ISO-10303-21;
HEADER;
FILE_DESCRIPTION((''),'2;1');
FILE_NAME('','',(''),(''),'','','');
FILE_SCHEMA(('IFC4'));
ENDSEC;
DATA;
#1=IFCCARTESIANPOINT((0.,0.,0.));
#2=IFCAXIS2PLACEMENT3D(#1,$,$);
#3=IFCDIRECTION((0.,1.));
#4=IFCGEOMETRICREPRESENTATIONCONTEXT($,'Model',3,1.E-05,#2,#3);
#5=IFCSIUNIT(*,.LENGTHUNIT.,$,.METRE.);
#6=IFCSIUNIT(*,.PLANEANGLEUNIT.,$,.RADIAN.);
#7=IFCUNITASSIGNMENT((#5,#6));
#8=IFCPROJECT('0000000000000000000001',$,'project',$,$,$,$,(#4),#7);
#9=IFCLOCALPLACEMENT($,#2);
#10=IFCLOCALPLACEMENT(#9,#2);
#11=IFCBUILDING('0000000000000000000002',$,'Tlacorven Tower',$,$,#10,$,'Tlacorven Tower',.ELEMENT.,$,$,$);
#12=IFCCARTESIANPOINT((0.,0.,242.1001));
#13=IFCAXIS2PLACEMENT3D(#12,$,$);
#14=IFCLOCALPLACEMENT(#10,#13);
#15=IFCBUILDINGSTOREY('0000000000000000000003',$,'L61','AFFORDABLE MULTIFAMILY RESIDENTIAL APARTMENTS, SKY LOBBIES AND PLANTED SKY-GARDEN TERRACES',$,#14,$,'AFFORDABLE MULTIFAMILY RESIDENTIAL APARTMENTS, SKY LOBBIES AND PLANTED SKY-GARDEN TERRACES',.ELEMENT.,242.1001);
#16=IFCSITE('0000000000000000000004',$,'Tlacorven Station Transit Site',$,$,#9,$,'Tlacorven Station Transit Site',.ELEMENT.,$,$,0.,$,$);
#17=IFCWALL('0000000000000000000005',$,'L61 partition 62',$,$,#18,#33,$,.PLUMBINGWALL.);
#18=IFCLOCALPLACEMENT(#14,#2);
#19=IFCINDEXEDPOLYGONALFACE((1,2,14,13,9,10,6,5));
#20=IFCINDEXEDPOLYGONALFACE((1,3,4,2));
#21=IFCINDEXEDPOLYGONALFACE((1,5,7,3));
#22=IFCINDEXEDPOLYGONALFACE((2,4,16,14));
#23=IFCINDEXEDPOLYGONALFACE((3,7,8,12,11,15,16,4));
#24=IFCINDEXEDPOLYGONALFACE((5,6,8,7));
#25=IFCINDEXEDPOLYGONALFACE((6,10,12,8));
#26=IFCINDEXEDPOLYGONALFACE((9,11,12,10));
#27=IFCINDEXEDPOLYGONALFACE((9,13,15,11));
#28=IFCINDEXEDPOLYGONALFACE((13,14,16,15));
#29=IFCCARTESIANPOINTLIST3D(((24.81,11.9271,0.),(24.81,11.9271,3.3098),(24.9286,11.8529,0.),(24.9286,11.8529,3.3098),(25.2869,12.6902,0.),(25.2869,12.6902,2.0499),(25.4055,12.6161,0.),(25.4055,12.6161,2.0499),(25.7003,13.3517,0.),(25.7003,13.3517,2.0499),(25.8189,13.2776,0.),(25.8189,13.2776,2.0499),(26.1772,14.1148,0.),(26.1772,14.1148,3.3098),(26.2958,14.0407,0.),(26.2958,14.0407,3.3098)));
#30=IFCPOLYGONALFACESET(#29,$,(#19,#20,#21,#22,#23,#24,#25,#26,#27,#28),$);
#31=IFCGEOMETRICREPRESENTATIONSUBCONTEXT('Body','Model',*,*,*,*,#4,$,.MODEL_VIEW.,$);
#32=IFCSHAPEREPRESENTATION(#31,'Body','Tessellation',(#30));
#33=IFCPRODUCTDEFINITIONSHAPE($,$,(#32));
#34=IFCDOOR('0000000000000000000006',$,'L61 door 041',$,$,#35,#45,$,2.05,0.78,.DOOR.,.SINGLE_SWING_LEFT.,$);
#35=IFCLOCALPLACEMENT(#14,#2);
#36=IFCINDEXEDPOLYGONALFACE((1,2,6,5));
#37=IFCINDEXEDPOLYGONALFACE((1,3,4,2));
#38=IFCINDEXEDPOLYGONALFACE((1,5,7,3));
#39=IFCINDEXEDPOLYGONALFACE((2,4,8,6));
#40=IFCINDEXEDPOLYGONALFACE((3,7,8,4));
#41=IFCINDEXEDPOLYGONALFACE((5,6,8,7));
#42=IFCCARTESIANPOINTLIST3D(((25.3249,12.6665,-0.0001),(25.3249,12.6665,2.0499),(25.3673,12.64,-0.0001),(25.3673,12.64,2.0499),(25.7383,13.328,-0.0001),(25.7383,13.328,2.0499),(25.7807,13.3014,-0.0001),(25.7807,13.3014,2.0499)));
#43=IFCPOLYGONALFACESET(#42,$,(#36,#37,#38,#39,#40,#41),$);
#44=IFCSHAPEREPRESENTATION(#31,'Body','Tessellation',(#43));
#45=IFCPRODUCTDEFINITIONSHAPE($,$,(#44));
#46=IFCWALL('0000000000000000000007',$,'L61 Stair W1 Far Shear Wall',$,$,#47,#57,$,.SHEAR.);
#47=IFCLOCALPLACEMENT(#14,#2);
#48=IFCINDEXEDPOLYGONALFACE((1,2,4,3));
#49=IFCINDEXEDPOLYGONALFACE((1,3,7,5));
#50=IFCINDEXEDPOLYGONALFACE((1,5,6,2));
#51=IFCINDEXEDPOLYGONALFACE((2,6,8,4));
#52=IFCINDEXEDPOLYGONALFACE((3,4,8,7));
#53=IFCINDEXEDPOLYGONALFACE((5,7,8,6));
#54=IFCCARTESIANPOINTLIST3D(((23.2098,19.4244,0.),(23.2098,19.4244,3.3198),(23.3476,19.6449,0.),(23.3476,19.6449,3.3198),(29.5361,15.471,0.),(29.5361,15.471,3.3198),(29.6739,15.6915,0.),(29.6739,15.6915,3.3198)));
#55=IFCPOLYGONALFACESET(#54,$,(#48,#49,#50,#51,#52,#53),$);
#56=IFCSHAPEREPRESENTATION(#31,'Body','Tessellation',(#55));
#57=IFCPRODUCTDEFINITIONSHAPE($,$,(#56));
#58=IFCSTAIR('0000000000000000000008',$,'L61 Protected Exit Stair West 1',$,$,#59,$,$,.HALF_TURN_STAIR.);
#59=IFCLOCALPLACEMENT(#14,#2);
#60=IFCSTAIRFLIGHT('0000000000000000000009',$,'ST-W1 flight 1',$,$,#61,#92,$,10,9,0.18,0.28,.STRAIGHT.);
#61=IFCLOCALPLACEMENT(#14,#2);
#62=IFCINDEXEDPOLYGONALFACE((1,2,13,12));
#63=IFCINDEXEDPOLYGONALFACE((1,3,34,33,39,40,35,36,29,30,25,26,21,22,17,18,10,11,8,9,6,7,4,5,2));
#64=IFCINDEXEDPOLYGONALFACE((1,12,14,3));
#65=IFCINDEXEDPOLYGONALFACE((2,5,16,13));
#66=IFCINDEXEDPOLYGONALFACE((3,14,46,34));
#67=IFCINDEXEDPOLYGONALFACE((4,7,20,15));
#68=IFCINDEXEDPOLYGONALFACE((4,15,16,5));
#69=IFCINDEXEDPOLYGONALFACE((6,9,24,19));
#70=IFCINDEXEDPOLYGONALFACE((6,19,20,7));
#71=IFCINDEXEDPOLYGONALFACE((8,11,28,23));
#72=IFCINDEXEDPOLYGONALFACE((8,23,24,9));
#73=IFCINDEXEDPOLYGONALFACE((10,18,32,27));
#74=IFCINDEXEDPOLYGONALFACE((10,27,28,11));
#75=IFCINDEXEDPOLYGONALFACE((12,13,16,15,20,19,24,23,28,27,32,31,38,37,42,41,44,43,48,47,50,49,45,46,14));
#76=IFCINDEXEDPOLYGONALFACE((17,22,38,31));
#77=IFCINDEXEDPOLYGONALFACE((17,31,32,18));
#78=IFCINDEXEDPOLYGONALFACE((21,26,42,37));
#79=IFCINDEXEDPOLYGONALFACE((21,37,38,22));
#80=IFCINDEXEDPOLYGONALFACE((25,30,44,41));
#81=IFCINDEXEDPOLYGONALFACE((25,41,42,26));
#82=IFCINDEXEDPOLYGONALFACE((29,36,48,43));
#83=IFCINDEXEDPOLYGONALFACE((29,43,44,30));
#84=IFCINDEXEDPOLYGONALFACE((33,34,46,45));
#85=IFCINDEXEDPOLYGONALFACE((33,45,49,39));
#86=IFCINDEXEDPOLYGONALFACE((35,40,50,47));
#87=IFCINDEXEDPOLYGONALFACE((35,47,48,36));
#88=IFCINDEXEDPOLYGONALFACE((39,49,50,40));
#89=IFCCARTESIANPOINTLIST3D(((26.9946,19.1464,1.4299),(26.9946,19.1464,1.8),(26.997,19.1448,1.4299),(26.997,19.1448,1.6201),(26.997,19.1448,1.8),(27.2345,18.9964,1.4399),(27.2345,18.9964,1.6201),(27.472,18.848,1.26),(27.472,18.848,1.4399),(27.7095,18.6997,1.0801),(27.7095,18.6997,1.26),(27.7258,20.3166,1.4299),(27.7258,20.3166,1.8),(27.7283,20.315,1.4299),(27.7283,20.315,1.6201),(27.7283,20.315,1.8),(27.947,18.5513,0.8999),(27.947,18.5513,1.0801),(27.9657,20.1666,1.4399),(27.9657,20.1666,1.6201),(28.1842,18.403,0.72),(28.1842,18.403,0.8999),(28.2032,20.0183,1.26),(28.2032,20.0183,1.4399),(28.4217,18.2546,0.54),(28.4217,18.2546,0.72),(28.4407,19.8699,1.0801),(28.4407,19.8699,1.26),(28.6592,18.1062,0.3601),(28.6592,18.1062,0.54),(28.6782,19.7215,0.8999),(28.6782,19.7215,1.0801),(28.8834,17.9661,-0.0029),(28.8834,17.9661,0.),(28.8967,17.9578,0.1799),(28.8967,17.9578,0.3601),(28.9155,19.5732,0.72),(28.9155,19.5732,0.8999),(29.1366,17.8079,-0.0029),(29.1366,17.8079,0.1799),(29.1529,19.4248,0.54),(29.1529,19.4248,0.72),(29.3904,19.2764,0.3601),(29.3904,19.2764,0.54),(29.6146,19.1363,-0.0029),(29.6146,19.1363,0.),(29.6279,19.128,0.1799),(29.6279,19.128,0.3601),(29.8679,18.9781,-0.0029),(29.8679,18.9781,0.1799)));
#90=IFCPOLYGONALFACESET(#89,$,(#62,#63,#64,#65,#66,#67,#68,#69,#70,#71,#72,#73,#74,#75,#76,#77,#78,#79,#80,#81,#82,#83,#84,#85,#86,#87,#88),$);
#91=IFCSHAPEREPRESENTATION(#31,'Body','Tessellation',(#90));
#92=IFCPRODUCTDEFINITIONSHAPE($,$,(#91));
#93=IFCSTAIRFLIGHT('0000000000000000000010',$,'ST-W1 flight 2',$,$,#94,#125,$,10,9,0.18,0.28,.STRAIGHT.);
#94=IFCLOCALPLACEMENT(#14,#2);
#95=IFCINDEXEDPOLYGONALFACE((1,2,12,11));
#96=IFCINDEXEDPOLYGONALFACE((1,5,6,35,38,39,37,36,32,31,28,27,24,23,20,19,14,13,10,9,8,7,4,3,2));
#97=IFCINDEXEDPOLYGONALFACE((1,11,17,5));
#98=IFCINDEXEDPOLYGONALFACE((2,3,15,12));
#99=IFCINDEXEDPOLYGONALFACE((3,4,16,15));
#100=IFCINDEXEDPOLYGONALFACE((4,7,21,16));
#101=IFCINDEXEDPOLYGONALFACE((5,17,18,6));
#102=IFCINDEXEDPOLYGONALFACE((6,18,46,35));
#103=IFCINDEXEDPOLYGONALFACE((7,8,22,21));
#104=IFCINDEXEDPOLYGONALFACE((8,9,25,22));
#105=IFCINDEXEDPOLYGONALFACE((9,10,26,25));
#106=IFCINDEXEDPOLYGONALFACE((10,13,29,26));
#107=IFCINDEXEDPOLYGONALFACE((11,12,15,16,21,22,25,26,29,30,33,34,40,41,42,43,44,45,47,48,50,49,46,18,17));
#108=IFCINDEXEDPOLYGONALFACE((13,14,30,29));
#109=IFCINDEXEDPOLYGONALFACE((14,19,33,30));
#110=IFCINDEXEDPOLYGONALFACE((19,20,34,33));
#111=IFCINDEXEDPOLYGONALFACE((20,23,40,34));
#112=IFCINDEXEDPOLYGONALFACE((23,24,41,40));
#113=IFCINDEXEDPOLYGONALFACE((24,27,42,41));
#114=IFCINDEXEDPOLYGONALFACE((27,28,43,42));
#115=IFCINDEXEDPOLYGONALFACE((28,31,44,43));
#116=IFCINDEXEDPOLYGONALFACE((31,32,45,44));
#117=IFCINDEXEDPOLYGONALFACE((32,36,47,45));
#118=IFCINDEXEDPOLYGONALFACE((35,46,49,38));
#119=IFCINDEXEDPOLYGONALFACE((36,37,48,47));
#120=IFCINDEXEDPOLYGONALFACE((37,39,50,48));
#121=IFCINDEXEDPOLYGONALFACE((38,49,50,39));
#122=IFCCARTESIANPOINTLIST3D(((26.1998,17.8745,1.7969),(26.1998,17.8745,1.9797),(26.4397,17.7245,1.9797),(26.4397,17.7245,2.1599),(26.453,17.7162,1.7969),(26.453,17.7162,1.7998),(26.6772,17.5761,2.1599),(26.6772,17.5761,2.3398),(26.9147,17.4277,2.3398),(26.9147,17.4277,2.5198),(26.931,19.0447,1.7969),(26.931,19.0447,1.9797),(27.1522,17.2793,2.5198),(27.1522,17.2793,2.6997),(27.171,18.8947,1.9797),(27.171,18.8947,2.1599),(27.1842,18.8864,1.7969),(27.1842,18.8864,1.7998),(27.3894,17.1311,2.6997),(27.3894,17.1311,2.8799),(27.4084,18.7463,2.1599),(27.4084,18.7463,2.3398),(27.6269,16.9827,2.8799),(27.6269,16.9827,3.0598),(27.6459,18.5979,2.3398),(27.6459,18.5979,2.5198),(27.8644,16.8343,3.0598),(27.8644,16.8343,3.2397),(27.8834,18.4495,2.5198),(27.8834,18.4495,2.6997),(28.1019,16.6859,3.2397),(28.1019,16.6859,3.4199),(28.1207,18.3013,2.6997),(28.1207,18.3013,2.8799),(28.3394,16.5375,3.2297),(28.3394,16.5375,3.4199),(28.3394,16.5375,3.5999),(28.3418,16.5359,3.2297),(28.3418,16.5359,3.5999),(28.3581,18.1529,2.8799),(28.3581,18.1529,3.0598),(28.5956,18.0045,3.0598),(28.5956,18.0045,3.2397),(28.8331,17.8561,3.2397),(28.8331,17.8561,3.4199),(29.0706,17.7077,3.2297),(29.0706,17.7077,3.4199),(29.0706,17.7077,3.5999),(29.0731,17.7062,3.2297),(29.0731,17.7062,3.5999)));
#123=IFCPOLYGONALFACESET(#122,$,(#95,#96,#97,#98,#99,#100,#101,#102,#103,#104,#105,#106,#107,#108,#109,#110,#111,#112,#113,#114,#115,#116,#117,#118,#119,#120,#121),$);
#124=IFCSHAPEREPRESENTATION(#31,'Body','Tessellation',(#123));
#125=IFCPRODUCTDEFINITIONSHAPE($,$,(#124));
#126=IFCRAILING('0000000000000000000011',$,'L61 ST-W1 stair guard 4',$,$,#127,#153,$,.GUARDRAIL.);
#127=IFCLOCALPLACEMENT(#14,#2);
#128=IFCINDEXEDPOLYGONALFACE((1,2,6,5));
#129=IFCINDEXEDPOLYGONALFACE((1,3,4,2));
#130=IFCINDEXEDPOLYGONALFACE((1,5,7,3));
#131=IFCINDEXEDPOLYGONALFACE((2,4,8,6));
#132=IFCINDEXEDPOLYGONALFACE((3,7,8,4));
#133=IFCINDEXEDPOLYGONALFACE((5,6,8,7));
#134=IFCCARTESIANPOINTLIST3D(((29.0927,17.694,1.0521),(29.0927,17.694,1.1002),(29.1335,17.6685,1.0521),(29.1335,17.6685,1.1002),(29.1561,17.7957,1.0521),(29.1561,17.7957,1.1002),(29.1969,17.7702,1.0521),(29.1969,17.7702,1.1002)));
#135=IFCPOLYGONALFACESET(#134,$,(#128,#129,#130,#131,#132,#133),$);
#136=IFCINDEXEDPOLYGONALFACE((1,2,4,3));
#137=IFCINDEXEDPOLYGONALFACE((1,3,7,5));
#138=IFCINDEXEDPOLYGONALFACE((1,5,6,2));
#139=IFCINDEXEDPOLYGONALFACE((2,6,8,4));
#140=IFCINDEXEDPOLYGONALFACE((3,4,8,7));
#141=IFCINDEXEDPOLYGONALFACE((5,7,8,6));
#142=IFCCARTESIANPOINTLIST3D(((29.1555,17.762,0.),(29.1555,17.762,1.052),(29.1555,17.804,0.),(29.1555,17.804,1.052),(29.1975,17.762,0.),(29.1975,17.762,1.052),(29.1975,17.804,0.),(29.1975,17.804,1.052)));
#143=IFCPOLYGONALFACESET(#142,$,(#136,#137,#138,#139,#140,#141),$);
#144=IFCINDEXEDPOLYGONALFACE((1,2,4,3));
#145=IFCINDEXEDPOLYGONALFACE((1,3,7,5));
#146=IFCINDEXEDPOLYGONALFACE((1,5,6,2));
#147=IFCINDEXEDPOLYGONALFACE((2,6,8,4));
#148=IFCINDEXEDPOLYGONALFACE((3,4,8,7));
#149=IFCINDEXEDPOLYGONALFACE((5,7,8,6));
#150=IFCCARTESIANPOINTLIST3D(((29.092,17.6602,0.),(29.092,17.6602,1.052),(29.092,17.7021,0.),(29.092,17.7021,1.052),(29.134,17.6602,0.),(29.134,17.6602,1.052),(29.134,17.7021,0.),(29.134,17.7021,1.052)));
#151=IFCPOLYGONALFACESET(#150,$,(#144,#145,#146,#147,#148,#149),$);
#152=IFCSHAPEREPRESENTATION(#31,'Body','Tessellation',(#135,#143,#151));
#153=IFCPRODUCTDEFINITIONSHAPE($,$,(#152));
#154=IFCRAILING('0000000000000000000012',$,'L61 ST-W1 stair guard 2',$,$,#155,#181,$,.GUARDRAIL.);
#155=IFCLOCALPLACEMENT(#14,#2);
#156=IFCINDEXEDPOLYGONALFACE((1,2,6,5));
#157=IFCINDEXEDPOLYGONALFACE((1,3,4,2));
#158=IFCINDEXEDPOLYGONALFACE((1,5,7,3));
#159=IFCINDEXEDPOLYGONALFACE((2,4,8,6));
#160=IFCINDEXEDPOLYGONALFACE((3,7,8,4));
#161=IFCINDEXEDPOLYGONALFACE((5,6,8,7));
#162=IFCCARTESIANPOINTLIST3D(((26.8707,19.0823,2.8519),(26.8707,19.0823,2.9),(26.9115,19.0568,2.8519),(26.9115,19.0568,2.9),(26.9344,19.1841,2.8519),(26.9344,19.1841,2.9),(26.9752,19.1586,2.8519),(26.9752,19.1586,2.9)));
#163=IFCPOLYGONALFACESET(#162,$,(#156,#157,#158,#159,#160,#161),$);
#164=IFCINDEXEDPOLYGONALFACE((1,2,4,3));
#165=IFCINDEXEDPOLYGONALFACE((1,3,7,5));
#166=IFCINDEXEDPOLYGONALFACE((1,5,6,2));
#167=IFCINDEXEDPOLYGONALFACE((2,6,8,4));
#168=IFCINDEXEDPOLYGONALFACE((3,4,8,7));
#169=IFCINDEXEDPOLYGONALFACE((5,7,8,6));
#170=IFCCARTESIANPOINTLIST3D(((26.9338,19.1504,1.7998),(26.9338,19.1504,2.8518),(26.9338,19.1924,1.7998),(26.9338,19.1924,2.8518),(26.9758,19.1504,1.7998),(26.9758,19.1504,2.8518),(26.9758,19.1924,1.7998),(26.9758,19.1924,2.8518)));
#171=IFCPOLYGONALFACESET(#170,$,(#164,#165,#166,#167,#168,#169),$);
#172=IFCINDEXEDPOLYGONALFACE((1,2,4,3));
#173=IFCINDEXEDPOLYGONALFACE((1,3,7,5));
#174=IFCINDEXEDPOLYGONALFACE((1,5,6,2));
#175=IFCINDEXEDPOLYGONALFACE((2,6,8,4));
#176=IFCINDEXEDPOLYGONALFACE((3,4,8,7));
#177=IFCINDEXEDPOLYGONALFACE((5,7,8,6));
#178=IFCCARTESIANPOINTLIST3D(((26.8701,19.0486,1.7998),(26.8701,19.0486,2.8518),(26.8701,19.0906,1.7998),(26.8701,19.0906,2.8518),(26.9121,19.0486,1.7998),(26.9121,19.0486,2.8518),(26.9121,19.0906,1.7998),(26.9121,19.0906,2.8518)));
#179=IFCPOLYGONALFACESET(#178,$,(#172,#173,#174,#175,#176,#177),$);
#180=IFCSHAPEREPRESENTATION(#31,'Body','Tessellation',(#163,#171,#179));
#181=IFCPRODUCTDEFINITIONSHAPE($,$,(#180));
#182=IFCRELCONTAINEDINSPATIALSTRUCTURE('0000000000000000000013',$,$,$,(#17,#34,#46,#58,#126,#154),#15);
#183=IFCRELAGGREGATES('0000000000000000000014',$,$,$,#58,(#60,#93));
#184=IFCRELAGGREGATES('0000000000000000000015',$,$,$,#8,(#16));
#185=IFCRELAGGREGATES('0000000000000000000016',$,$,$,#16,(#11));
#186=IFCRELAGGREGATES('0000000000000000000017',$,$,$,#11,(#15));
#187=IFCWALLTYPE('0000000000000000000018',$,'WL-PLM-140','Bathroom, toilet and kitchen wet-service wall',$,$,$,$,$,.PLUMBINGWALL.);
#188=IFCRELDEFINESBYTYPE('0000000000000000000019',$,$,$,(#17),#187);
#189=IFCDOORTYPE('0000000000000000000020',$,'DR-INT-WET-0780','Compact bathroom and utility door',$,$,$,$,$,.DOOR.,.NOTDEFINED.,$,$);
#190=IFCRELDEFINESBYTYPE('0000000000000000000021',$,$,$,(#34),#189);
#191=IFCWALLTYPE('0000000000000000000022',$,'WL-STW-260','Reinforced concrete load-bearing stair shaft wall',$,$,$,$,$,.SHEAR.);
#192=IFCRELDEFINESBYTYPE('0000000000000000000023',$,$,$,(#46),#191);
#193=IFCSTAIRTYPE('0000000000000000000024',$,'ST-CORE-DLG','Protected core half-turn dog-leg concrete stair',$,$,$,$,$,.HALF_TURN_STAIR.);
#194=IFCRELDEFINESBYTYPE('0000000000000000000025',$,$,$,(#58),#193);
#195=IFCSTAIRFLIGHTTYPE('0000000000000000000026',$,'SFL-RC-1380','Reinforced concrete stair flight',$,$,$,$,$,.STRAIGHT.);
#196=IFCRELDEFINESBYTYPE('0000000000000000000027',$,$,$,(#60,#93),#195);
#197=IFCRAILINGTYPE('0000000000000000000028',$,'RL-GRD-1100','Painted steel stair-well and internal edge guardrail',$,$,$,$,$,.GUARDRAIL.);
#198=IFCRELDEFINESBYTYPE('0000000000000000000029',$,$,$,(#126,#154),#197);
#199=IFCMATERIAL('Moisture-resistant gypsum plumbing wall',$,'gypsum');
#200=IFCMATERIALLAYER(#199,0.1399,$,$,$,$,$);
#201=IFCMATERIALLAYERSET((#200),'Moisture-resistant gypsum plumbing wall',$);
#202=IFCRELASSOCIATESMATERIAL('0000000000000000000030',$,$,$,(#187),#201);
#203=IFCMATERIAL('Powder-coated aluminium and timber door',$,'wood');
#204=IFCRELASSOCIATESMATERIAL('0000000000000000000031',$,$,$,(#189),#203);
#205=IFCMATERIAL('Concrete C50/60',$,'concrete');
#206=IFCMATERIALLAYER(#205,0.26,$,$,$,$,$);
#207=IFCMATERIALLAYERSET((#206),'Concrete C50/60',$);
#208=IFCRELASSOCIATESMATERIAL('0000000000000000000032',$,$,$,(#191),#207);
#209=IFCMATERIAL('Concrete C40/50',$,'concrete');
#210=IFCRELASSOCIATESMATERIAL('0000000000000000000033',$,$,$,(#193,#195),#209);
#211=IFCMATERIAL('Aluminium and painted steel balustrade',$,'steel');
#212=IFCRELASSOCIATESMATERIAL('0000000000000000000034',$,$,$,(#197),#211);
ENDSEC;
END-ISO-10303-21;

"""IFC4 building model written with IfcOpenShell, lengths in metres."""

from ifc_helpers import new_model, si_unit, direction, frame, frame_2d, origin, origin_2d, place, context, subcontext, project, spatial, polyline, rectangle, outline, extrude, source, transform, mapped, material, layer, layer_set, type_object, element, fill, aggregate, save


model = new_model("IFC4")

# Units and contexts
model_context = context("Model", 3, precision=1e-05, world=origin(), true_north=direction((0.0, 1.0)))
body_context = subcontext(model_context, "Body", "Model", "MODEL_VIEW")
ifc_project = project(units=[si_unit("LENGTHUNIT", "METRE"), si_unit("PLANEANGLEUNIT", "RADIAN")], contexts=[model_context])

# Site, building, storey
site_placement = place(None, origin())
site = spatial("IfcSite", under=ifc_project, at=site_placement, Name="Tlacorven Station Transit Site", LongName="Tlacorven Station Transit Site", CompositionType="ELEMENT", RefElevation=0.0)
building_placement = place(site_placement, origin())
building = spatial("IfcBuilding", under=site, at=building_placement, Name="Tlacorven Tower", LongName="Tlacorven Tower", CompositionType="ELEMENT")
storey_placement = place(building_placement, frame((0.0, 0.0, 242.1001)))
storey = spatial("IfcBuildingStorey", under=building, at=storey_placement, Name="L61", Description="AFFORDABLE MULTIFAMILY RESIDENTIAL APARTMENTS, SKY LOBBIES AND PLANTED SKY-GARDEN TERRACES", LongName="AFFORDABLE MULTIFAMILY RESIDENTIAL APARTMENTS, SKY LOBBIES AND PLANTED SKY-GARDEN TERRACES", CompositionType="ELEMENT", Elevation=242.1001)

# Wall, opening, door
ifc_material_1 = material(Name="Moisture-resistant gypsum plumbing wall", Category="gypsum")
ifc_layer_1 = layer(ifc_material_1, 0.1399)
ifc_layer_set_1 = layer_set([ifc_layer_1], Name="Moisture-resistant gypsum plumbing wall")
wall_type_1 = type_object("IfcWallType", Name="WL-PLM-140", Description="Bathroom, toilet and kitchen wet-service wall", PredefinedType="PLUMBINGWALL", material=ifc_layer_set_1)
wall_1_placement = place(storey_placement, frame((26.2366, 14.0779, 0.0), z_axis=(0.0, 0.0, 1.0), x_axis=(-0.529956, -0.848025, 0.0)))
wall_1 = element("IfcWall", 1, at=wall_1_placement, inside=storey, type_object=wall_type_1, Name="L61 partition 62", PredefinedType="PLUMBINGWALL", context=body_context, shape_type="SweptSolid", body=[
    extrude(rectangle(XDim=2.5798, YDim=0.1399, at=frame_2d((1.29, 0.0))), origin(), (0.0, 0.0, 1.0), 3.3098),
])
opening_placement = place(wall_1_placement, frame((0.8999, 0.0, 0.0)))
opening = element("IfcOpeningElement", 2, at=opening_placement, cuts=wall_1, PredefinedType="OPENING", context=body_context, shape_type="SweptSolid", body=[
    extrude(rectangle(XDim=0.78, YDim=2.05, at=frame_2d((0.3901, 1.0249))), frame((0.0, 0.0801, 0.0), z_axis=(0.0, -1.0, 0.0), x_axis=(1.0, 0.0, 0.0)), (0.0, 0.0, 1.0), 0.1599),
])
ifc_material_2 = material(Name="Powder-coated aluminium and timber door", Category="wood")
door_type = type_object("IfcDoorType", Name="DR-INT-WET-0780", Description="Compact bathroom and utility door", OperationType="NOTDEFINED", PredefinedType="DOOR", material=ifc_material_2)
shared_shape_1 = source(origin(), body_context, "Body", "SweptSolid", [
    extrude(rectangle(XDim=0.78, YDim=2.05, at=frame_2d((0.3901, 1.0249))), frame((0.0, 0.0249, 0.0), z_axis=(0.0, -1.0, 0.0), x_axis=(1.0, 0.0, 0.0)), (0.0, 0.0, 1.0), 0.05),
])
door_placement = place(opening_placement, origin())
door = element("IfcDoor", 3, at=door_placement, inside=storey, type_object=door_type, Name="L61 door 041", OperationType="SINGLE_SWING_LEFT", OverallHeight=2.05, OverallWidth=0.78, PredefinedType="DOOR", context=body_context, shape_type="MappedRepresentation", body=[
    mapped(shared_shape_1, transform((0.0, 0.0, 0.0), scale=1.0)),
])
fill(opening, door)

# Wall
ifc_material_3 = material(Name="Concrete C50/60", Category="concrete")
ifc_layer_2 = layer(ifc_material_3, 0.26)
ifc_layer_set_2 = layer_set([ifc_layer_2], Name="Concrete C50/60")
wall_type_2 = type_object("IfcWallType", Name="WL-STW-260", Description="Reinforced concrete load-bearing stair shaft wall", PredefinedType="SHEAR", material=ifc_layer_set_2)
wall_2_placement = place(storey_placement, frame((29.605, 15.5813, 0.0), z_axis=(0.0, 0.0, 1.0), x_axis=(-0.848037, 0.529937, 0.0)))
element("IfcWall", 4, at=wall_2_placement, inside=storey, type_object=wall_type_2, Name="L61 Stair W1 Far Shear Wall", PredefinedType="SHEAR", context=body_context, shape_type="SweptSolid", body=[
    extrude(rectangle(XDim=7.46, YDim=0.26, at=frame_2d((3.73, 0.0))), origin(), (0.0, 0.0, 1.0), 3.3198),
])

# Stair, stair flights
ifc_material_4 = material(Name="Concrete C40/50", Category="concrete")
stair_type = type_object("IfcStairType", Name="ST-CORE-DLG", Description="Protected core half-turn dog-leg concrete stair", PredefinedType="HALF_TURN_STAIR", material=ifc_material_4)
stair_placement = place(storey_placement, origin())
stair = element("IfcStair", 5, at=stair_placement, inside=storey, type_object=stair_type, Name="L61 Protected Exit Stair West 1", PredefinedType="HALF_TURN_STAIR")
stair_flight_type = type_object("IfcStairFlightType", Name="SFL-RC-1380", Description="Reinforced concrete stair flight", PredefinedType="STRAIGHT", material=ifc_material_4)
shared_shape_2 = source(origin(), body_context, "Body", "SweptSolid", [
    extrude(outline(polyline([(-0.0029, -0.0029), (-0.0029, 0.1799), (0.28, 0.1799), (0.28, 0.3601), (0.5601, 0.3601), (0.5601, 0.54), (0.8401, 0.54), (0.8401, 0.72), (1.1201, 0.72), (1.1201, 0.8999), (1.3999, 0.8999), (1.3999, 1.0801), (1.6799, 1.0801), (1.6799, 1.26), (1.96, 1.26), (1.96, 1.4399), (2.24, 1.4399), (2.24, 1.6201), (2.52, 1.6201), (2.52, 1.8), (2.5229, 1.8), (2.5229, 1.4299), (2.52, 1.4299), (0.2957, 0.0), (0.2957, -0.0029), (-0.0029, -0.0029)])), frame((0.0, 0.6899, 0.0), z_axis=(0.0, -1.0, 0.0), x_axis=(1.0, 0.0, 0.0)), (0.0, 0.0, 1.0), 1.3799),
])
stair_flight_1_placement = place(storey_placement, frame((29.4998, 18.3945, 0.0), z_axis=(0.0, 0.0, 1.0), x_axis=(-0.848048, 0.529919, 0.0)))
stair_flight_1 = element("IfcStairFlight", 6, at=stair_flight_1_placement, type_object=stair_flight_type, Name="ST-W1 flight 1", NumberOfRisers=10, NumberOfTreads=9, PredefinedType="STRAIGHT", RiserHeight=0.18, TreadLength=0.28, context=body_context, shape_type="MappedRepresentation", body=[
    mapped(shared_shape_2, transform((0.0, 0.0, 0.0), scale=1.0)),
])
stair_flight_2_placement = place(storey_placement, frame((26.5679, 18.458, 1.7998), z_axis=(0.0, 0.0, 1.0), x_axis=(0.848048, -0.529919, 0.0)))
stair_flight_2 = element("IfcStairFlight", 7, at=stair_flight_2_placement, type_object=stair_flight_type, Name="ST-W1 flight 2", NumberOfRisers=10, NumberOfTreads=9, PredefinedType="STRAIGHT", RiserHeight=0.18, TreadLength=0.28, context=body_context, shape_type="MappedRepresentation", body=[
    mapped(shared_shape_2, transform((0.0, 0.0, 0.0), scale=1.0)),
])
aggregate(stair, [stair_flight_1, stair_flight_2])

# Railings
ifc_material_5 = material(Name="Aluminium and painted steel balustrade", Category="steel")
railing_type_1 = type_object("IfcRailingType", Name="RL-GRD-1100", Description="Painted steel stair-well and internal edge guardrail", PredefinedType="GUARDRAIL", material=ifc_material_5)
shared_shape_3 = source(origin(), body_context, "Body", "SweptSolid", [
    extrude(rectangle(XDim=0.0481, YDim=0.0481, at=origin_2d()), frame((0.0, 0.0, 1.0762), z_axis=(-0.529084, -0.848569, 0.0), x_axis=(0.848569, -0.529084, 0.0)), (0.0, 0.0, 1.0), 0.1199),
    extrude(rectangle(XDim=0.042, YDim=0.042, at=origin_2d()), origin(), (0.0, 0.0, 1.0), 1.052),
    extrude(rectangle(XDim=0.042, YDim=0.042, at=origin_2d()), frame((-0.0635, -0.1018, 0.0)), (0.0, 0.0, 1.0), 1.052),
])
railing_1_placement = place(storey_placement, frame((29.1765, 17.783, 0.0)))
element("IfcRailing", 8, at=railing_1_placement, inside=storey, type_object=railing_type_1, Name="L61 ST-W1 stair guard 4", PredefinedType="GUARDRAIL", context=body_context, shape_type="MappedRepresentation", body=[
    mapped(shared_shape_3, transform((0.0, 0.0, 0.0), scale=1.0)),
])
shared_shape_4 = source(origin(), body_context, "Body", "SweptSolid", [
    extrude(rectangle(XDim=0.0481, YDim=0.0481, at=origin_2d()), frame((0.0, 0.0, 1.0762), z_axis=(-0.530547, -0.847656, 0.0), x_axis=(0.847656, -0.530547, 0.0)), (0.0, 0.0, 1.0), 0.1201),
    extrude(rectangle(XDim=0.042, YDim=0.042, at=origin_2d()), origin(), (0.0, 0.0, 1.0), 1.052),
    extrude(rectangle(XDim=0.042, YDim=0.042, at=origin_2d()), frame((-0.0637, -0.1018, 0.0)), (0.0, 0.0, 1.0), 1.052),
])
railing_2_placement = place(storey_placement, frame((26.9548, 19.1714, 1.7998)))
element("IfcRailing", 9, at=railing_2_placement, inside=storey, type_object=railing_type_1, Name="L61 ST-W1 stair guard 2", PredefinedType="GUARDRAIL", context=body_context, shape_type="MappedRepresentation", body=[
    mapped(shared_shape_4, transform((0.0, 0.0, 0.0), scale=1.0)),
])

save(model, "model.ifc")
